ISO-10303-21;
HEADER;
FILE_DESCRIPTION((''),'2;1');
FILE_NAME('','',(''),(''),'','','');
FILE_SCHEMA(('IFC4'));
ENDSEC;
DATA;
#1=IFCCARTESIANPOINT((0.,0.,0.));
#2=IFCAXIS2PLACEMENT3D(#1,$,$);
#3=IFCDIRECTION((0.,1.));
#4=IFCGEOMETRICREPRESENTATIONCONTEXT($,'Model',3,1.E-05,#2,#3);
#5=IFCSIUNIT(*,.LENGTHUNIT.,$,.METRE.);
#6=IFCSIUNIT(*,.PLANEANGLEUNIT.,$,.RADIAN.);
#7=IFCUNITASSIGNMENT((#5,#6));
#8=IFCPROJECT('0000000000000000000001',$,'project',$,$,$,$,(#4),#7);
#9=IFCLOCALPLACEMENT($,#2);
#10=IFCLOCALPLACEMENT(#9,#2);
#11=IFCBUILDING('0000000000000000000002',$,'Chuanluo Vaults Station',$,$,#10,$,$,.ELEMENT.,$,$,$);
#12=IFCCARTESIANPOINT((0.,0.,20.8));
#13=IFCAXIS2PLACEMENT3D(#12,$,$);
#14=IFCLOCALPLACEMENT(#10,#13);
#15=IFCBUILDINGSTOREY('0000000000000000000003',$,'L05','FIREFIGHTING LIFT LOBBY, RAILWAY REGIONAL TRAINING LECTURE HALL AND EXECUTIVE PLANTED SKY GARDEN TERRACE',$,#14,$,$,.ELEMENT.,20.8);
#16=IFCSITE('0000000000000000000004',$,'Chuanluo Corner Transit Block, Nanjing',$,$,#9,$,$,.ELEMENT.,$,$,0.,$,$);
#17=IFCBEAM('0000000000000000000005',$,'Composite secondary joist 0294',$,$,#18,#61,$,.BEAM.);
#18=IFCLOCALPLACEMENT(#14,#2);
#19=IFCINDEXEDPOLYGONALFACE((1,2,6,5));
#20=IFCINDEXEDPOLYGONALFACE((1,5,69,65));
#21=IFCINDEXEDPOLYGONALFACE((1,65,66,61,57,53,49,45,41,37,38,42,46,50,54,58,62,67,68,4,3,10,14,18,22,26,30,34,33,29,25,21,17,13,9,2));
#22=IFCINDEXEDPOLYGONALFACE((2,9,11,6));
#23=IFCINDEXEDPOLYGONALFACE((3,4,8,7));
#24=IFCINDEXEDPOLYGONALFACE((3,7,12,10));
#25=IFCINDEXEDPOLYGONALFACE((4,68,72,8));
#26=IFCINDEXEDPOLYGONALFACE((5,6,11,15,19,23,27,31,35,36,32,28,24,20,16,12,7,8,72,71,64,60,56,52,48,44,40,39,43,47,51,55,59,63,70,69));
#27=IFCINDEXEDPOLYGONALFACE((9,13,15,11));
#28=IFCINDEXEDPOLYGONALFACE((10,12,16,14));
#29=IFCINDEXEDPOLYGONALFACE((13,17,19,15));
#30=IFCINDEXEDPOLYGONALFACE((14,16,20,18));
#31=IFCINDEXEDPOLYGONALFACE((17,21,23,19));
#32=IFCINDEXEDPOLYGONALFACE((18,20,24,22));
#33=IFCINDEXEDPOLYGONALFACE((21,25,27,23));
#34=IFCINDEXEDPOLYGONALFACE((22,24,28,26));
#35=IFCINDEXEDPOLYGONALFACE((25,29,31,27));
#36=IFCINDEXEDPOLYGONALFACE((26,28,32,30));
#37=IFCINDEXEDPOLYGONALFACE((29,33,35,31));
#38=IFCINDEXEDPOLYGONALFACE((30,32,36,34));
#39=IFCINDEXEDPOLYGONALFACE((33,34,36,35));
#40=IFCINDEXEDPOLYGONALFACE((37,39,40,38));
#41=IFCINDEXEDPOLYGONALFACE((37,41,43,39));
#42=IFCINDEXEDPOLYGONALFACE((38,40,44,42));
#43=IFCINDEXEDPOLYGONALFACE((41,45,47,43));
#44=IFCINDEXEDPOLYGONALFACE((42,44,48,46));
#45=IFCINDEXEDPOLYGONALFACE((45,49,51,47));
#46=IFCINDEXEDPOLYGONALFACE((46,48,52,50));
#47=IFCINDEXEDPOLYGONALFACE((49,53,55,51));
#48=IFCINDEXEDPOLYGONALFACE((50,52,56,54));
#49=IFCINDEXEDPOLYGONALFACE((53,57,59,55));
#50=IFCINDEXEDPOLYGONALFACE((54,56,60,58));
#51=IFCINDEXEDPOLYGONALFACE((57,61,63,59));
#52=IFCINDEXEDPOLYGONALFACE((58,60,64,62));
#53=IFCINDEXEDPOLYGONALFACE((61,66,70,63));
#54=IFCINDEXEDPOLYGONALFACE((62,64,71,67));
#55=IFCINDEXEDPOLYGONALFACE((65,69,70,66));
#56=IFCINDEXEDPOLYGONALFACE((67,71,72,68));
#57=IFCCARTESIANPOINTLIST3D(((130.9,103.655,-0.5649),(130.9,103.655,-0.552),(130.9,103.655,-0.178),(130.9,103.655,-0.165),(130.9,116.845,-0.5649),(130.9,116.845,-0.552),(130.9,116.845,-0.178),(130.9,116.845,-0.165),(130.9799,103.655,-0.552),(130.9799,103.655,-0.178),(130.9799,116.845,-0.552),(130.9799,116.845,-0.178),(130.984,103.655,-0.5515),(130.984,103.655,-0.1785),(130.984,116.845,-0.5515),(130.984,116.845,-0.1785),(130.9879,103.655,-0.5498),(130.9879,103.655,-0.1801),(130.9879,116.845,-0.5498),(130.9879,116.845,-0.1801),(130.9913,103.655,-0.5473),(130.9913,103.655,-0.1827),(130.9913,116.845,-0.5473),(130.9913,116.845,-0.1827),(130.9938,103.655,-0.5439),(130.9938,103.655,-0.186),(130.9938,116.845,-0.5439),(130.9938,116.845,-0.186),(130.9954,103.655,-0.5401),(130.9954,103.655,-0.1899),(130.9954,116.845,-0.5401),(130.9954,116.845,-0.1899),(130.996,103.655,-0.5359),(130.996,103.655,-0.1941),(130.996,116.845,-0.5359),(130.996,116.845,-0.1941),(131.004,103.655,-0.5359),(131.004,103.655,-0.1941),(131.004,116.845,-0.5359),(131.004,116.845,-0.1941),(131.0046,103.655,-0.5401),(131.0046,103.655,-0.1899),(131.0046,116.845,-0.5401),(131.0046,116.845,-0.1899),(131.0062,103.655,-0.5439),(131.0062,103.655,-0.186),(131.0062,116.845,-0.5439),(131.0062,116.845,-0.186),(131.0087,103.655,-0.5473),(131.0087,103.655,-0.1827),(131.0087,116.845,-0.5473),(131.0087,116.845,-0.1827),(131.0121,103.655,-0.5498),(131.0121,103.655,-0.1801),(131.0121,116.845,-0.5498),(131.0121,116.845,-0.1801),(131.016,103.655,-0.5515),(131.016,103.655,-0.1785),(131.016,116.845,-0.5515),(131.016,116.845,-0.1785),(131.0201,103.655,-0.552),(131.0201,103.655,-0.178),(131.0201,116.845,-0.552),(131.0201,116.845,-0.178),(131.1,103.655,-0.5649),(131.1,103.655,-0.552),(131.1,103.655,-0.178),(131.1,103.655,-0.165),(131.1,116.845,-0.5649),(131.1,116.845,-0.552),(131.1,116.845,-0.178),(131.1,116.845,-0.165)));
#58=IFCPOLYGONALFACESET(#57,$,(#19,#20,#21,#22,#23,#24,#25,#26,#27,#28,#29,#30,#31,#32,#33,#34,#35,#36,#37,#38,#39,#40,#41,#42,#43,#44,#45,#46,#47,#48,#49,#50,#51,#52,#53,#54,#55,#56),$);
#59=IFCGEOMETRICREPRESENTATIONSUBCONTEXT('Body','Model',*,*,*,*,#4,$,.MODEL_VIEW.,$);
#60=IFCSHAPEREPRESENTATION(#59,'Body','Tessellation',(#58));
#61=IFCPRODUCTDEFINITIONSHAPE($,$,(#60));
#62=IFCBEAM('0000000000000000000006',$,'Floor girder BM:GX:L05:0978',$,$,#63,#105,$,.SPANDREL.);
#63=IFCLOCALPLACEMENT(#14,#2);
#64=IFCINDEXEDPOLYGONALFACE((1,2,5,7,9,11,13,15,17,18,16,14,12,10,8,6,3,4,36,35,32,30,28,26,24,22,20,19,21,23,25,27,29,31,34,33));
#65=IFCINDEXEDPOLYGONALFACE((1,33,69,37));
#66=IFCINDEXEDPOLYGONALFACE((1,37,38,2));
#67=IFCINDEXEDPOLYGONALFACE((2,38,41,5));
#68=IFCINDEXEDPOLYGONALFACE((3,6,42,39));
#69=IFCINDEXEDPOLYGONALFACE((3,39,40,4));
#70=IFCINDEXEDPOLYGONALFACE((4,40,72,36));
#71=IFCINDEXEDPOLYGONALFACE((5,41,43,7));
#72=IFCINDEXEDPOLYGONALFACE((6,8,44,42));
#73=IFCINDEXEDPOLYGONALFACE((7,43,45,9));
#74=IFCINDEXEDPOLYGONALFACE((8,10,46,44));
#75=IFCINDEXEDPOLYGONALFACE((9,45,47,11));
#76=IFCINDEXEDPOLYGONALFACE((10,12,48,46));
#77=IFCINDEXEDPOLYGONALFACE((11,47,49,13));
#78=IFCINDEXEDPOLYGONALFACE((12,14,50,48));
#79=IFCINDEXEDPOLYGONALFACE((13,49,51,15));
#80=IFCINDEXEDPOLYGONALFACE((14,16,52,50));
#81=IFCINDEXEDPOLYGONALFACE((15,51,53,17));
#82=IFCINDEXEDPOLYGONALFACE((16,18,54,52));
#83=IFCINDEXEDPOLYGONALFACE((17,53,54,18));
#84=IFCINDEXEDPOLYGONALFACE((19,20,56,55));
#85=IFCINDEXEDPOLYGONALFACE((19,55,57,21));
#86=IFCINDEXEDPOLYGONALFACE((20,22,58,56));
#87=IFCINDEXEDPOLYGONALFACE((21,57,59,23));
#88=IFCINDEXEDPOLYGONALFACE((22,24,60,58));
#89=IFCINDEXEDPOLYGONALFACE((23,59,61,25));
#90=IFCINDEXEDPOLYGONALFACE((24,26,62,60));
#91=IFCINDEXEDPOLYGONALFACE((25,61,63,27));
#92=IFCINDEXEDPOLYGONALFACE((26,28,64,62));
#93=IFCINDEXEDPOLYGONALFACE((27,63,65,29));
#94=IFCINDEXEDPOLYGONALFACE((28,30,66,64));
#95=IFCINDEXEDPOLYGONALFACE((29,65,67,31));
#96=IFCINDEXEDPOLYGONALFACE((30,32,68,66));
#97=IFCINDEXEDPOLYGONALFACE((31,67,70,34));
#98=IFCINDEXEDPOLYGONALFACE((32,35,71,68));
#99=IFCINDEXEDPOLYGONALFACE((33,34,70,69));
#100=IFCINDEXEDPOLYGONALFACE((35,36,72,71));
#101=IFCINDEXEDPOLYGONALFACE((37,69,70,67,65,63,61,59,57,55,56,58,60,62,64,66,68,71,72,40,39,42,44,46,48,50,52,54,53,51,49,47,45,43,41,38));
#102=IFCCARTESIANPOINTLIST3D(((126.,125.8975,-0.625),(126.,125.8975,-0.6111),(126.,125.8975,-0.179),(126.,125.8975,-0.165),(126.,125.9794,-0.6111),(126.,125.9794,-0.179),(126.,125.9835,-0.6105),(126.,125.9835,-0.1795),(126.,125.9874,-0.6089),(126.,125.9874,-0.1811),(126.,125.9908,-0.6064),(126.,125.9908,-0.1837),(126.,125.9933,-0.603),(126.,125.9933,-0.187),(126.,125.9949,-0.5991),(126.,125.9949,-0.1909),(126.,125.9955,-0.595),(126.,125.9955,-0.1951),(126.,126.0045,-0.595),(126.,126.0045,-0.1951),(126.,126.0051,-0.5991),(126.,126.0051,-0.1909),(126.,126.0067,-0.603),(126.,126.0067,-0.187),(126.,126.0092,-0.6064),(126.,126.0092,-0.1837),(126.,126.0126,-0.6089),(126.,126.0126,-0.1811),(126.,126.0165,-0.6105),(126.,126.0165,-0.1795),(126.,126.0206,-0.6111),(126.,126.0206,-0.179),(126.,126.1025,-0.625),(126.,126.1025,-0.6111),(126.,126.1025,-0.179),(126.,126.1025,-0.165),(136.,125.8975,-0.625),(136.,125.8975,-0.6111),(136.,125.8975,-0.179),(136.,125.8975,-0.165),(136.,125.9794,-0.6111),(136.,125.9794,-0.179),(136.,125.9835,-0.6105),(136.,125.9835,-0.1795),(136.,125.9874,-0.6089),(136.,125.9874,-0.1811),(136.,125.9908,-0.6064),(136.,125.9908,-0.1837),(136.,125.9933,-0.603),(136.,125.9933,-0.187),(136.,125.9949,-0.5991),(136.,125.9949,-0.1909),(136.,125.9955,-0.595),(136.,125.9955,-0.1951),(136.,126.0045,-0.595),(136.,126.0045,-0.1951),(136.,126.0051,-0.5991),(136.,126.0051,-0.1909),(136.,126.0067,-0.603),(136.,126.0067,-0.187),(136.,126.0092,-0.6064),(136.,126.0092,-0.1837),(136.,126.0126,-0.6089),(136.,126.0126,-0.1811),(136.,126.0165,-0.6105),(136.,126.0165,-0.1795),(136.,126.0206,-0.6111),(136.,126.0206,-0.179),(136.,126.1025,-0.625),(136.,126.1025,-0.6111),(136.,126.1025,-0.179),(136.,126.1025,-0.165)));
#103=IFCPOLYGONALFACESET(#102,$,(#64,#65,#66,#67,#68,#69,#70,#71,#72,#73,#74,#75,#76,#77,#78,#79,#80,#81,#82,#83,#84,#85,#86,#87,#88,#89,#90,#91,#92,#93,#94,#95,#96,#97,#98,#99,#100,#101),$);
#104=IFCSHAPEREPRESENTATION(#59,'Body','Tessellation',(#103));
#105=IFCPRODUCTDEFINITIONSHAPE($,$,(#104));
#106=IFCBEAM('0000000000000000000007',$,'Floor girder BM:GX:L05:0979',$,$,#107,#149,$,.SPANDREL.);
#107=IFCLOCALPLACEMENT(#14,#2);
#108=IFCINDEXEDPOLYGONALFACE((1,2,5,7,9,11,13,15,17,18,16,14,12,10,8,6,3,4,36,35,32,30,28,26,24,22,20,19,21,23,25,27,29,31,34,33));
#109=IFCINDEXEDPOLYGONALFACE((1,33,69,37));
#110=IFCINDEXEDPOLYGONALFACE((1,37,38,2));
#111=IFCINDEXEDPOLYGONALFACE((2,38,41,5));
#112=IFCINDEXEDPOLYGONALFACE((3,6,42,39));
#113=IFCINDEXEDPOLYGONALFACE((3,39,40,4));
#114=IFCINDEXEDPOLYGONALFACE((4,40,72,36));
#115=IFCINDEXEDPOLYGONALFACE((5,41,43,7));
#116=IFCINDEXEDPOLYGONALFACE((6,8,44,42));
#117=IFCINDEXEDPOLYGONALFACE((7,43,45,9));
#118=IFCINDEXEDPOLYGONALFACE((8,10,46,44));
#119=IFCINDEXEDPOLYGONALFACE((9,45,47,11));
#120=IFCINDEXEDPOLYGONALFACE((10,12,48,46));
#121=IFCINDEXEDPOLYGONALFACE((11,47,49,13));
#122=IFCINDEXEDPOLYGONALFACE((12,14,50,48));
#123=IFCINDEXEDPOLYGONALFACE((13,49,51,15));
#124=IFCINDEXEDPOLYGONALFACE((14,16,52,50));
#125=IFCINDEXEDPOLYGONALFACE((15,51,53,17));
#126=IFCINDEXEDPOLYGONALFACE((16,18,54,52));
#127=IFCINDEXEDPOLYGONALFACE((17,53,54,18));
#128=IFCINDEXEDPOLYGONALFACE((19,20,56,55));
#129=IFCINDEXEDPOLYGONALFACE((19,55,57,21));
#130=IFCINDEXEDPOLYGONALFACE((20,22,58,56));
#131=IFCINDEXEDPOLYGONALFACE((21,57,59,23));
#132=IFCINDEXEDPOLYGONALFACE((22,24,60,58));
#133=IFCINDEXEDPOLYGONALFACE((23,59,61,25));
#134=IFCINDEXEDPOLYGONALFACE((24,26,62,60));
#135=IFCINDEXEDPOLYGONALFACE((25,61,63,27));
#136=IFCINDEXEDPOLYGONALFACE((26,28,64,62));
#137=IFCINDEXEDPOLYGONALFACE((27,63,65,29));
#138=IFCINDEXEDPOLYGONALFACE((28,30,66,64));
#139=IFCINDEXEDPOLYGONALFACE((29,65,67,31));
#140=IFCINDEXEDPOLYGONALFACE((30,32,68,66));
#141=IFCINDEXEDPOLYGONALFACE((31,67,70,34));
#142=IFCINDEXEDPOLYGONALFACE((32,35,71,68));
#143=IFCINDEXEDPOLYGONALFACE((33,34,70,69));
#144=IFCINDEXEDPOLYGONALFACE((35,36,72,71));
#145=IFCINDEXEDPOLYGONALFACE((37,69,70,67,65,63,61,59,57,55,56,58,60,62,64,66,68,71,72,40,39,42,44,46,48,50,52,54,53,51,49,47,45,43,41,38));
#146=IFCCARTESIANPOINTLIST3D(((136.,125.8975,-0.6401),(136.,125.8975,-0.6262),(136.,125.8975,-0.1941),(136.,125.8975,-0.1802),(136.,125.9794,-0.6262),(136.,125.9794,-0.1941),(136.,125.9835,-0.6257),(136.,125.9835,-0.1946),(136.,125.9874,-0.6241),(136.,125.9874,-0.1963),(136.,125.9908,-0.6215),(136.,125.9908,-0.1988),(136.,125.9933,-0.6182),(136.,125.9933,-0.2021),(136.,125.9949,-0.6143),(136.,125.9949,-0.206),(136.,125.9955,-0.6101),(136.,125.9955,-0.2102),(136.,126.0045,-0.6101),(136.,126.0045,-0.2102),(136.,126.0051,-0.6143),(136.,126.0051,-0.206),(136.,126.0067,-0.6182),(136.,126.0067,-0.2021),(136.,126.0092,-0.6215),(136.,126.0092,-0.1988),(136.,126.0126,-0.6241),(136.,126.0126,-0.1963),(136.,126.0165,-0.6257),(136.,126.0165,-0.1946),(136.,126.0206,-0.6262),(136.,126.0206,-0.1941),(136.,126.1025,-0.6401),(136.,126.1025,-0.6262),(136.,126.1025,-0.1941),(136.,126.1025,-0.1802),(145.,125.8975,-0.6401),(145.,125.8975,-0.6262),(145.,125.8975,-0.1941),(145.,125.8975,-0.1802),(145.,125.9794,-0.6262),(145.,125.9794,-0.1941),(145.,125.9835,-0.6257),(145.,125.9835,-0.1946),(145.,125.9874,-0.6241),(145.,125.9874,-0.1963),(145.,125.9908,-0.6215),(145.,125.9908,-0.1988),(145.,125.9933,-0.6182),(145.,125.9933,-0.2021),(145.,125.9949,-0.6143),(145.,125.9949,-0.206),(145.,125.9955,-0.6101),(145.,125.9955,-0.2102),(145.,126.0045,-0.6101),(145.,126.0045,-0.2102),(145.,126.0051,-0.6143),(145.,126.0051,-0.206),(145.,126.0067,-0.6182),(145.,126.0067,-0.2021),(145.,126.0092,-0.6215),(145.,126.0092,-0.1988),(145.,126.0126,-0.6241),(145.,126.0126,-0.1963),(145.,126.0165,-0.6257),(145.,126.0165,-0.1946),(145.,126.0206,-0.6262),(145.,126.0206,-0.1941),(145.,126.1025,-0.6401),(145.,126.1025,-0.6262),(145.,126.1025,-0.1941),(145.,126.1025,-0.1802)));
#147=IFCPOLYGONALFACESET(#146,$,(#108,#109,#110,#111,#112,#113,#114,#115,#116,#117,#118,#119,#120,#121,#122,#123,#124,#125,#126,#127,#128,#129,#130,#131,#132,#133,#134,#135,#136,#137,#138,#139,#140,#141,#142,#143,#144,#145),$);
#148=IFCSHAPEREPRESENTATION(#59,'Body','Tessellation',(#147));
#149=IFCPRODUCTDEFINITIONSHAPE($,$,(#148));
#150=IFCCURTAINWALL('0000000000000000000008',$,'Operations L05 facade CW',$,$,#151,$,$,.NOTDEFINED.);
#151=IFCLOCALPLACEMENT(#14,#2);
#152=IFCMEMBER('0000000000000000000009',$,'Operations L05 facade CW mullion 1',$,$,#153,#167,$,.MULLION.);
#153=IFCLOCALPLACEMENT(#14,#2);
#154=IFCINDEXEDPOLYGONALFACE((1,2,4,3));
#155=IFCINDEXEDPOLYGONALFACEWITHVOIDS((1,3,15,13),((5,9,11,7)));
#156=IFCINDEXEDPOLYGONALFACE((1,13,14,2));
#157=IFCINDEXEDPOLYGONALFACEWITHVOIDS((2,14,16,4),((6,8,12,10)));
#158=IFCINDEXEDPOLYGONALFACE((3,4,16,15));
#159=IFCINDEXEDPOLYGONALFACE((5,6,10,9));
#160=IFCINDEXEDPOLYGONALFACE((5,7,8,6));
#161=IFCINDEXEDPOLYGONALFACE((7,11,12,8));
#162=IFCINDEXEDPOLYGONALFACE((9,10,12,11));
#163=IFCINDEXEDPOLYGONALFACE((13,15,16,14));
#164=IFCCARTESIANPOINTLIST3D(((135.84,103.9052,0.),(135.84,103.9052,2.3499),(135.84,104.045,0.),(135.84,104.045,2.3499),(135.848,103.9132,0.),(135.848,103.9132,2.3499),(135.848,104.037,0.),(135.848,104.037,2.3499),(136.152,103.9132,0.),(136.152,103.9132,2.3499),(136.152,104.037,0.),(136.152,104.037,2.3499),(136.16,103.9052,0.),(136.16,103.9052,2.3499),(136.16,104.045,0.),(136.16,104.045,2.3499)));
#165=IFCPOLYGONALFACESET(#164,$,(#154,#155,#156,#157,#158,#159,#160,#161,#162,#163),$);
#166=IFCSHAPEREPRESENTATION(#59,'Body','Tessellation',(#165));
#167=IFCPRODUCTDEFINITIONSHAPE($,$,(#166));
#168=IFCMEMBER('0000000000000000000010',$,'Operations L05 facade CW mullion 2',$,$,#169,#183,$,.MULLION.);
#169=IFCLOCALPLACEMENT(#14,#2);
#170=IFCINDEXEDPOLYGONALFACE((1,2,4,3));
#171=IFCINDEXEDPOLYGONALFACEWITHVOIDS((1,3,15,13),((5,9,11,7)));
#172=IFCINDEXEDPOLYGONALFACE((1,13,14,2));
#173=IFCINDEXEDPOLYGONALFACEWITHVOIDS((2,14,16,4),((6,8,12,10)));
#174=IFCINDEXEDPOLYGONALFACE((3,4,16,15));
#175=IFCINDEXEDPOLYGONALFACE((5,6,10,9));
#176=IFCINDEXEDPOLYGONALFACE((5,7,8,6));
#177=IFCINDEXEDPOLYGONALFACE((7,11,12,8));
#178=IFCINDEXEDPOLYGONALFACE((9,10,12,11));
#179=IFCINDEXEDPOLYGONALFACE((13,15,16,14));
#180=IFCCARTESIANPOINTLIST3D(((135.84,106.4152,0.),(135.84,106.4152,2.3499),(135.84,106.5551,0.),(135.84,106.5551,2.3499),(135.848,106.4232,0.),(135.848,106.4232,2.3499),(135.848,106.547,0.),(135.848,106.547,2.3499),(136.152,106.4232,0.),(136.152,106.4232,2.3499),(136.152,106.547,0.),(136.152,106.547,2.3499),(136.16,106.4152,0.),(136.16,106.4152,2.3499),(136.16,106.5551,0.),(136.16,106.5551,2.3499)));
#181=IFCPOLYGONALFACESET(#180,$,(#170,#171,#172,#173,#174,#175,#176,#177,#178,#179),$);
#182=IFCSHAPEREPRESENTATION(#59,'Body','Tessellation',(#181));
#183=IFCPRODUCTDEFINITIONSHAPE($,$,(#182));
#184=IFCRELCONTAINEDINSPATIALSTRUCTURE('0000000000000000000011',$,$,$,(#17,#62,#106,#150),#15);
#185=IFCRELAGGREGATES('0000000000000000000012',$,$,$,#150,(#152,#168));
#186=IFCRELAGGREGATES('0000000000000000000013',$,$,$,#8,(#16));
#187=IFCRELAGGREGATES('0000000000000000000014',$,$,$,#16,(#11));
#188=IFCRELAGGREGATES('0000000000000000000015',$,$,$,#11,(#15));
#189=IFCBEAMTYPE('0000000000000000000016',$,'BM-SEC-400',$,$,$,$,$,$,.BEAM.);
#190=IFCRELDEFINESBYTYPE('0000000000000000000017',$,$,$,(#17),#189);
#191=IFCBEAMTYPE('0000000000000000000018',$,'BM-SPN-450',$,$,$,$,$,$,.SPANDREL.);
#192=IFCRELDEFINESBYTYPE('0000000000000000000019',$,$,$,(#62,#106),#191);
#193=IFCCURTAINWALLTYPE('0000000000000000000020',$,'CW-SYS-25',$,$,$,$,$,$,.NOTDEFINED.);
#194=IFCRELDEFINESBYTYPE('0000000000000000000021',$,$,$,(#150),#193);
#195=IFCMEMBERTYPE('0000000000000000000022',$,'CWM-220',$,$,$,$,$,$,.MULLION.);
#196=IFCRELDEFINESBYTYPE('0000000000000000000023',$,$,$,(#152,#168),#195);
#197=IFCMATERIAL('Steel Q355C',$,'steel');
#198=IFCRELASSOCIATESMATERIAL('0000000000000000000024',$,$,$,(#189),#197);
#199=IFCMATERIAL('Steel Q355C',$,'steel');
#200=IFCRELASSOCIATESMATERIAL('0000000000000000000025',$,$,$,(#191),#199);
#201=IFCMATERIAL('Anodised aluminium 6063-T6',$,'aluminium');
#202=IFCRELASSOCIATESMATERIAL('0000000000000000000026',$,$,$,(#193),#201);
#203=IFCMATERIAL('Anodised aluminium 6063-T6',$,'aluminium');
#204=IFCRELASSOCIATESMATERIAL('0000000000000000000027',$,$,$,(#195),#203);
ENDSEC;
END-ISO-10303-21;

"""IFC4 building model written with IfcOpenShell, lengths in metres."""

from ifc_helpers import new_model, si_unit, direction, frame, origin, origin_2d, place, context, subcontext, project, spatial, hollow_rectangle, i_section, extrude, material, material_profile, profile_set, type_object, element, aggregate, save


model = new_model("IFC4")

# Units and contexts
model_context = context("Model", 3, precision=1e-05, world=origin(), true_north=direction((0.0, 1.0)))
body_context = subcontext(model_context, "Body", "Model", "MODEL_VIEW")
ifc_project = project(units=[si_unit("LENGTHUNIT", "METRE"), si_unit("PLANEANGLEUNIT", "RADIAN")], contexts=[model_context])

# Site, building, storey
site_placement = place(None, origin())
site = spatial("IfcSite", under=ifc_project, at=site_placement, Name="Chuanluo Corner Transit Block, Nanjing", CompositionType="ELEMENT", RefElevation=0.0)
building_placement = place(site_placement, origin())
building = spatial("IfcBuilding", under=site, at=building_placement, Name="Chuanluo Vaults Station", CompositionType="ELEMENT")
storey_placement = place(building_placement, frame((0.0, 0.0, 20.8)))
storey = spatial("IfcBuildingStorey", under=building, at=storey_placement, Name="L05", Description="FIREFIGHTING LIFT LOBBY, RAILWAY REGIONAL TRAINING LECTURE HALL AND EXECUTIVE PLANTED SKY GARDEN TERRACE", CompositionType="ELEMENT", Elevation=20.8)

# Beams
ifc_material_1 = material(Name="Steel Q355C", Category="steel")
ifc_material_profile_1 = material_profile(ifc_material_1, i_section(OverallWidth=0.2, OverallDepth=0.3999, WebThickness=0.0081, FlangeThickness=0.0129, FilletRadius=0.0161, at=origin_2d()))
ifc_profile_set_1 = profile_set([ifc_material_profile_1], Name="Steel Q355C")
beam_type_1 = type_object("IfcBeamType", Name="BM-SEC-400", PredefinedType="BEAM", material=ifc_profile_set_1)
beam_1_placement = place(storey_placement, frame((131.0, 103.655, -0.365), z_axis=(0.0, 1.0, 0.0), x_axis=(-1.0, 0.0, 0.0)))
element("IfcBeam", 1, at=beam_1_placement, inside=storey, type_object=beam_type_1, Name="Composite secondary joist 0294", PredefinedType="BEAM", context=body_context, shape_type="SweptSolid", body=[
    extrude(i_section(OverallWidth=0.2, OverallDepth=0.3999, WebThickness=0.0081, FlangeThickness=0.0129, FilletRadius=0.0161, at=origin_2d()), origin(), (0.0, 0.0, 1.0), 13.1899),
])
ifc_material_2 = material(Name="Steel Q355C", Category="steel")
ifc_material_profile_2 = material_profile(ifc_material_2, i_section(OverallWidth=0.2051, OverallDepth=0.46, WebThickness=0.009, FlangeThickness=0.0139, FilletRadius=0.0161, at=origin_2d()))
ifc_profile_set_2 = profile_set([ifc_material_profile_2], Name="Steel Q355C")
beam_type_2 = type_object("IfcBeamType", Name="BM-SPN-450", PredefinedType="SPANDREL", material=ifc_profile_set_2)
beam_2_placement = place(storey_placement, frame((126.0, 126.0, -0.395), z_axis=(1.0, 0.0, 0.0), x_axis=(0.0, 1.0, 0.0)))
element("IfcBeam", 2, at=beam_2_placement, inside=storey, type_object=beam_type_2, Name="Floor girder BM:GX:L05:0978", PredefinedType="SPANDREL", context=body_context, shape_type="SweptSolid", body=[
    extrude(i_section(OverallWidth=0.2051, OverallDepth=0.46, WebThickness=0.009, FlangeThickness=0.0139, FilletRadius=0.0161, at=origin_2d()), origin(), (0.0, 0.0, 1.0), 10.0),
])
beam_3_placement = place(storey_placement, frame((136.0, 126.0, -0.4102), z_axis=(1.0, 0.0, 0.0), x_axis=(0.0, 1.0, 0.0)))
element("IfcBeam", 3, at=beam_3_placement, inside=storey, type_object=beam_type_2, Name="Floor girder BM:GX:L05:0979", PredefinedType="SPANDREL", context=body_context, shape_type="SweptSolid", body=[
    extrude(i_section(OverallWidth=0.2051, OverallDepth=0.46, WebThickness=0.009, FlangeThickness=0.0139, FilletRadius=0.0161, at=origin_2d()), origin(), (0.0, 0.0, 1.0), 9.0),
])

# Curtain wall, members
ifc_material_3 = material(Name="Anodised aluminium 6063-T6", Category="aluminium")
curtain_wall_type = type_object("IfcCurtainWallType", Name="CW-SYS-25", PredefinedType="NOTDEFINED", material=ifc_material_3)
curtain_wall_placement = place(storey_placement, origin())
curtain_wall = element("IfcCurtainWall", 4, at=curtain_wall_placement, inside=storey, type_object=curtain_wall_type, Name="Operations L05 facade CW", PredefinedType="NOTDEFINED")
ifc_material_4 = material(Name="Anodised aluminium 6063-T6", Category="aluminium")
ifc_material_profile_3 = material_profile(ifc_material_4, hollow_rectangle(XDim=0.1399, YDim=0.3201, WallThickness=0.0081, at=origin_2d()))
ifc_profile_set_3 = profile_set([ifc_material_profile_3], Name="Anodised aluminium 6063-T6")
member_type = type_object("IfcMemberType", Name="CWM-220", PredefinedType="MULLION", material=ifc_profile_set_3)
member_1_placement = place(storey_placement, frame((136.0, 103.9751, 0.0), z_axis=(0.0, 0.0, 1.0), x_axis=(0.0, 1.0, 0.0)))
member_1 = element("IfcMember", 5, at=member_1_placement, type_object=member_type, Name="Operations L05 facade CW mullion 1", PredefinedType="MULLION", context=body_context, shape_type="SweptSolid", body=[
    extrude(hollow_rectangle(XDim=0.1399, YDim=0.3201, WallThickness=0.0081, at=origin_2d()), origin(), (0.0, 0.0, 1.0), 2.3499),
])
member_2_placement = place(storey_placement, frame((136.0, 106.4851, 0.0), z_axis=(0.0, 0.0, 1.0), x_axis=(0.0, 1.0, 0.0)))
member_2 = element("IfcMember", 6, at=member_2_placement, type_object=member_type, Name="Operations L05 facade CW mullion 2", PredefinedType="MULLION", context=body_context, shape_type="SweptSolid", body=[
    extrude(hollow_rectangle(XDim=0.1399, YDim=0.3201, WallThickness=0.0081, at=origin_2d()), origin(), (0.0, 0.0, 1.0), 2.3499),
])
aggregate(curtain_wall, [member_1, member_2])

save(model, "model.ifc")
